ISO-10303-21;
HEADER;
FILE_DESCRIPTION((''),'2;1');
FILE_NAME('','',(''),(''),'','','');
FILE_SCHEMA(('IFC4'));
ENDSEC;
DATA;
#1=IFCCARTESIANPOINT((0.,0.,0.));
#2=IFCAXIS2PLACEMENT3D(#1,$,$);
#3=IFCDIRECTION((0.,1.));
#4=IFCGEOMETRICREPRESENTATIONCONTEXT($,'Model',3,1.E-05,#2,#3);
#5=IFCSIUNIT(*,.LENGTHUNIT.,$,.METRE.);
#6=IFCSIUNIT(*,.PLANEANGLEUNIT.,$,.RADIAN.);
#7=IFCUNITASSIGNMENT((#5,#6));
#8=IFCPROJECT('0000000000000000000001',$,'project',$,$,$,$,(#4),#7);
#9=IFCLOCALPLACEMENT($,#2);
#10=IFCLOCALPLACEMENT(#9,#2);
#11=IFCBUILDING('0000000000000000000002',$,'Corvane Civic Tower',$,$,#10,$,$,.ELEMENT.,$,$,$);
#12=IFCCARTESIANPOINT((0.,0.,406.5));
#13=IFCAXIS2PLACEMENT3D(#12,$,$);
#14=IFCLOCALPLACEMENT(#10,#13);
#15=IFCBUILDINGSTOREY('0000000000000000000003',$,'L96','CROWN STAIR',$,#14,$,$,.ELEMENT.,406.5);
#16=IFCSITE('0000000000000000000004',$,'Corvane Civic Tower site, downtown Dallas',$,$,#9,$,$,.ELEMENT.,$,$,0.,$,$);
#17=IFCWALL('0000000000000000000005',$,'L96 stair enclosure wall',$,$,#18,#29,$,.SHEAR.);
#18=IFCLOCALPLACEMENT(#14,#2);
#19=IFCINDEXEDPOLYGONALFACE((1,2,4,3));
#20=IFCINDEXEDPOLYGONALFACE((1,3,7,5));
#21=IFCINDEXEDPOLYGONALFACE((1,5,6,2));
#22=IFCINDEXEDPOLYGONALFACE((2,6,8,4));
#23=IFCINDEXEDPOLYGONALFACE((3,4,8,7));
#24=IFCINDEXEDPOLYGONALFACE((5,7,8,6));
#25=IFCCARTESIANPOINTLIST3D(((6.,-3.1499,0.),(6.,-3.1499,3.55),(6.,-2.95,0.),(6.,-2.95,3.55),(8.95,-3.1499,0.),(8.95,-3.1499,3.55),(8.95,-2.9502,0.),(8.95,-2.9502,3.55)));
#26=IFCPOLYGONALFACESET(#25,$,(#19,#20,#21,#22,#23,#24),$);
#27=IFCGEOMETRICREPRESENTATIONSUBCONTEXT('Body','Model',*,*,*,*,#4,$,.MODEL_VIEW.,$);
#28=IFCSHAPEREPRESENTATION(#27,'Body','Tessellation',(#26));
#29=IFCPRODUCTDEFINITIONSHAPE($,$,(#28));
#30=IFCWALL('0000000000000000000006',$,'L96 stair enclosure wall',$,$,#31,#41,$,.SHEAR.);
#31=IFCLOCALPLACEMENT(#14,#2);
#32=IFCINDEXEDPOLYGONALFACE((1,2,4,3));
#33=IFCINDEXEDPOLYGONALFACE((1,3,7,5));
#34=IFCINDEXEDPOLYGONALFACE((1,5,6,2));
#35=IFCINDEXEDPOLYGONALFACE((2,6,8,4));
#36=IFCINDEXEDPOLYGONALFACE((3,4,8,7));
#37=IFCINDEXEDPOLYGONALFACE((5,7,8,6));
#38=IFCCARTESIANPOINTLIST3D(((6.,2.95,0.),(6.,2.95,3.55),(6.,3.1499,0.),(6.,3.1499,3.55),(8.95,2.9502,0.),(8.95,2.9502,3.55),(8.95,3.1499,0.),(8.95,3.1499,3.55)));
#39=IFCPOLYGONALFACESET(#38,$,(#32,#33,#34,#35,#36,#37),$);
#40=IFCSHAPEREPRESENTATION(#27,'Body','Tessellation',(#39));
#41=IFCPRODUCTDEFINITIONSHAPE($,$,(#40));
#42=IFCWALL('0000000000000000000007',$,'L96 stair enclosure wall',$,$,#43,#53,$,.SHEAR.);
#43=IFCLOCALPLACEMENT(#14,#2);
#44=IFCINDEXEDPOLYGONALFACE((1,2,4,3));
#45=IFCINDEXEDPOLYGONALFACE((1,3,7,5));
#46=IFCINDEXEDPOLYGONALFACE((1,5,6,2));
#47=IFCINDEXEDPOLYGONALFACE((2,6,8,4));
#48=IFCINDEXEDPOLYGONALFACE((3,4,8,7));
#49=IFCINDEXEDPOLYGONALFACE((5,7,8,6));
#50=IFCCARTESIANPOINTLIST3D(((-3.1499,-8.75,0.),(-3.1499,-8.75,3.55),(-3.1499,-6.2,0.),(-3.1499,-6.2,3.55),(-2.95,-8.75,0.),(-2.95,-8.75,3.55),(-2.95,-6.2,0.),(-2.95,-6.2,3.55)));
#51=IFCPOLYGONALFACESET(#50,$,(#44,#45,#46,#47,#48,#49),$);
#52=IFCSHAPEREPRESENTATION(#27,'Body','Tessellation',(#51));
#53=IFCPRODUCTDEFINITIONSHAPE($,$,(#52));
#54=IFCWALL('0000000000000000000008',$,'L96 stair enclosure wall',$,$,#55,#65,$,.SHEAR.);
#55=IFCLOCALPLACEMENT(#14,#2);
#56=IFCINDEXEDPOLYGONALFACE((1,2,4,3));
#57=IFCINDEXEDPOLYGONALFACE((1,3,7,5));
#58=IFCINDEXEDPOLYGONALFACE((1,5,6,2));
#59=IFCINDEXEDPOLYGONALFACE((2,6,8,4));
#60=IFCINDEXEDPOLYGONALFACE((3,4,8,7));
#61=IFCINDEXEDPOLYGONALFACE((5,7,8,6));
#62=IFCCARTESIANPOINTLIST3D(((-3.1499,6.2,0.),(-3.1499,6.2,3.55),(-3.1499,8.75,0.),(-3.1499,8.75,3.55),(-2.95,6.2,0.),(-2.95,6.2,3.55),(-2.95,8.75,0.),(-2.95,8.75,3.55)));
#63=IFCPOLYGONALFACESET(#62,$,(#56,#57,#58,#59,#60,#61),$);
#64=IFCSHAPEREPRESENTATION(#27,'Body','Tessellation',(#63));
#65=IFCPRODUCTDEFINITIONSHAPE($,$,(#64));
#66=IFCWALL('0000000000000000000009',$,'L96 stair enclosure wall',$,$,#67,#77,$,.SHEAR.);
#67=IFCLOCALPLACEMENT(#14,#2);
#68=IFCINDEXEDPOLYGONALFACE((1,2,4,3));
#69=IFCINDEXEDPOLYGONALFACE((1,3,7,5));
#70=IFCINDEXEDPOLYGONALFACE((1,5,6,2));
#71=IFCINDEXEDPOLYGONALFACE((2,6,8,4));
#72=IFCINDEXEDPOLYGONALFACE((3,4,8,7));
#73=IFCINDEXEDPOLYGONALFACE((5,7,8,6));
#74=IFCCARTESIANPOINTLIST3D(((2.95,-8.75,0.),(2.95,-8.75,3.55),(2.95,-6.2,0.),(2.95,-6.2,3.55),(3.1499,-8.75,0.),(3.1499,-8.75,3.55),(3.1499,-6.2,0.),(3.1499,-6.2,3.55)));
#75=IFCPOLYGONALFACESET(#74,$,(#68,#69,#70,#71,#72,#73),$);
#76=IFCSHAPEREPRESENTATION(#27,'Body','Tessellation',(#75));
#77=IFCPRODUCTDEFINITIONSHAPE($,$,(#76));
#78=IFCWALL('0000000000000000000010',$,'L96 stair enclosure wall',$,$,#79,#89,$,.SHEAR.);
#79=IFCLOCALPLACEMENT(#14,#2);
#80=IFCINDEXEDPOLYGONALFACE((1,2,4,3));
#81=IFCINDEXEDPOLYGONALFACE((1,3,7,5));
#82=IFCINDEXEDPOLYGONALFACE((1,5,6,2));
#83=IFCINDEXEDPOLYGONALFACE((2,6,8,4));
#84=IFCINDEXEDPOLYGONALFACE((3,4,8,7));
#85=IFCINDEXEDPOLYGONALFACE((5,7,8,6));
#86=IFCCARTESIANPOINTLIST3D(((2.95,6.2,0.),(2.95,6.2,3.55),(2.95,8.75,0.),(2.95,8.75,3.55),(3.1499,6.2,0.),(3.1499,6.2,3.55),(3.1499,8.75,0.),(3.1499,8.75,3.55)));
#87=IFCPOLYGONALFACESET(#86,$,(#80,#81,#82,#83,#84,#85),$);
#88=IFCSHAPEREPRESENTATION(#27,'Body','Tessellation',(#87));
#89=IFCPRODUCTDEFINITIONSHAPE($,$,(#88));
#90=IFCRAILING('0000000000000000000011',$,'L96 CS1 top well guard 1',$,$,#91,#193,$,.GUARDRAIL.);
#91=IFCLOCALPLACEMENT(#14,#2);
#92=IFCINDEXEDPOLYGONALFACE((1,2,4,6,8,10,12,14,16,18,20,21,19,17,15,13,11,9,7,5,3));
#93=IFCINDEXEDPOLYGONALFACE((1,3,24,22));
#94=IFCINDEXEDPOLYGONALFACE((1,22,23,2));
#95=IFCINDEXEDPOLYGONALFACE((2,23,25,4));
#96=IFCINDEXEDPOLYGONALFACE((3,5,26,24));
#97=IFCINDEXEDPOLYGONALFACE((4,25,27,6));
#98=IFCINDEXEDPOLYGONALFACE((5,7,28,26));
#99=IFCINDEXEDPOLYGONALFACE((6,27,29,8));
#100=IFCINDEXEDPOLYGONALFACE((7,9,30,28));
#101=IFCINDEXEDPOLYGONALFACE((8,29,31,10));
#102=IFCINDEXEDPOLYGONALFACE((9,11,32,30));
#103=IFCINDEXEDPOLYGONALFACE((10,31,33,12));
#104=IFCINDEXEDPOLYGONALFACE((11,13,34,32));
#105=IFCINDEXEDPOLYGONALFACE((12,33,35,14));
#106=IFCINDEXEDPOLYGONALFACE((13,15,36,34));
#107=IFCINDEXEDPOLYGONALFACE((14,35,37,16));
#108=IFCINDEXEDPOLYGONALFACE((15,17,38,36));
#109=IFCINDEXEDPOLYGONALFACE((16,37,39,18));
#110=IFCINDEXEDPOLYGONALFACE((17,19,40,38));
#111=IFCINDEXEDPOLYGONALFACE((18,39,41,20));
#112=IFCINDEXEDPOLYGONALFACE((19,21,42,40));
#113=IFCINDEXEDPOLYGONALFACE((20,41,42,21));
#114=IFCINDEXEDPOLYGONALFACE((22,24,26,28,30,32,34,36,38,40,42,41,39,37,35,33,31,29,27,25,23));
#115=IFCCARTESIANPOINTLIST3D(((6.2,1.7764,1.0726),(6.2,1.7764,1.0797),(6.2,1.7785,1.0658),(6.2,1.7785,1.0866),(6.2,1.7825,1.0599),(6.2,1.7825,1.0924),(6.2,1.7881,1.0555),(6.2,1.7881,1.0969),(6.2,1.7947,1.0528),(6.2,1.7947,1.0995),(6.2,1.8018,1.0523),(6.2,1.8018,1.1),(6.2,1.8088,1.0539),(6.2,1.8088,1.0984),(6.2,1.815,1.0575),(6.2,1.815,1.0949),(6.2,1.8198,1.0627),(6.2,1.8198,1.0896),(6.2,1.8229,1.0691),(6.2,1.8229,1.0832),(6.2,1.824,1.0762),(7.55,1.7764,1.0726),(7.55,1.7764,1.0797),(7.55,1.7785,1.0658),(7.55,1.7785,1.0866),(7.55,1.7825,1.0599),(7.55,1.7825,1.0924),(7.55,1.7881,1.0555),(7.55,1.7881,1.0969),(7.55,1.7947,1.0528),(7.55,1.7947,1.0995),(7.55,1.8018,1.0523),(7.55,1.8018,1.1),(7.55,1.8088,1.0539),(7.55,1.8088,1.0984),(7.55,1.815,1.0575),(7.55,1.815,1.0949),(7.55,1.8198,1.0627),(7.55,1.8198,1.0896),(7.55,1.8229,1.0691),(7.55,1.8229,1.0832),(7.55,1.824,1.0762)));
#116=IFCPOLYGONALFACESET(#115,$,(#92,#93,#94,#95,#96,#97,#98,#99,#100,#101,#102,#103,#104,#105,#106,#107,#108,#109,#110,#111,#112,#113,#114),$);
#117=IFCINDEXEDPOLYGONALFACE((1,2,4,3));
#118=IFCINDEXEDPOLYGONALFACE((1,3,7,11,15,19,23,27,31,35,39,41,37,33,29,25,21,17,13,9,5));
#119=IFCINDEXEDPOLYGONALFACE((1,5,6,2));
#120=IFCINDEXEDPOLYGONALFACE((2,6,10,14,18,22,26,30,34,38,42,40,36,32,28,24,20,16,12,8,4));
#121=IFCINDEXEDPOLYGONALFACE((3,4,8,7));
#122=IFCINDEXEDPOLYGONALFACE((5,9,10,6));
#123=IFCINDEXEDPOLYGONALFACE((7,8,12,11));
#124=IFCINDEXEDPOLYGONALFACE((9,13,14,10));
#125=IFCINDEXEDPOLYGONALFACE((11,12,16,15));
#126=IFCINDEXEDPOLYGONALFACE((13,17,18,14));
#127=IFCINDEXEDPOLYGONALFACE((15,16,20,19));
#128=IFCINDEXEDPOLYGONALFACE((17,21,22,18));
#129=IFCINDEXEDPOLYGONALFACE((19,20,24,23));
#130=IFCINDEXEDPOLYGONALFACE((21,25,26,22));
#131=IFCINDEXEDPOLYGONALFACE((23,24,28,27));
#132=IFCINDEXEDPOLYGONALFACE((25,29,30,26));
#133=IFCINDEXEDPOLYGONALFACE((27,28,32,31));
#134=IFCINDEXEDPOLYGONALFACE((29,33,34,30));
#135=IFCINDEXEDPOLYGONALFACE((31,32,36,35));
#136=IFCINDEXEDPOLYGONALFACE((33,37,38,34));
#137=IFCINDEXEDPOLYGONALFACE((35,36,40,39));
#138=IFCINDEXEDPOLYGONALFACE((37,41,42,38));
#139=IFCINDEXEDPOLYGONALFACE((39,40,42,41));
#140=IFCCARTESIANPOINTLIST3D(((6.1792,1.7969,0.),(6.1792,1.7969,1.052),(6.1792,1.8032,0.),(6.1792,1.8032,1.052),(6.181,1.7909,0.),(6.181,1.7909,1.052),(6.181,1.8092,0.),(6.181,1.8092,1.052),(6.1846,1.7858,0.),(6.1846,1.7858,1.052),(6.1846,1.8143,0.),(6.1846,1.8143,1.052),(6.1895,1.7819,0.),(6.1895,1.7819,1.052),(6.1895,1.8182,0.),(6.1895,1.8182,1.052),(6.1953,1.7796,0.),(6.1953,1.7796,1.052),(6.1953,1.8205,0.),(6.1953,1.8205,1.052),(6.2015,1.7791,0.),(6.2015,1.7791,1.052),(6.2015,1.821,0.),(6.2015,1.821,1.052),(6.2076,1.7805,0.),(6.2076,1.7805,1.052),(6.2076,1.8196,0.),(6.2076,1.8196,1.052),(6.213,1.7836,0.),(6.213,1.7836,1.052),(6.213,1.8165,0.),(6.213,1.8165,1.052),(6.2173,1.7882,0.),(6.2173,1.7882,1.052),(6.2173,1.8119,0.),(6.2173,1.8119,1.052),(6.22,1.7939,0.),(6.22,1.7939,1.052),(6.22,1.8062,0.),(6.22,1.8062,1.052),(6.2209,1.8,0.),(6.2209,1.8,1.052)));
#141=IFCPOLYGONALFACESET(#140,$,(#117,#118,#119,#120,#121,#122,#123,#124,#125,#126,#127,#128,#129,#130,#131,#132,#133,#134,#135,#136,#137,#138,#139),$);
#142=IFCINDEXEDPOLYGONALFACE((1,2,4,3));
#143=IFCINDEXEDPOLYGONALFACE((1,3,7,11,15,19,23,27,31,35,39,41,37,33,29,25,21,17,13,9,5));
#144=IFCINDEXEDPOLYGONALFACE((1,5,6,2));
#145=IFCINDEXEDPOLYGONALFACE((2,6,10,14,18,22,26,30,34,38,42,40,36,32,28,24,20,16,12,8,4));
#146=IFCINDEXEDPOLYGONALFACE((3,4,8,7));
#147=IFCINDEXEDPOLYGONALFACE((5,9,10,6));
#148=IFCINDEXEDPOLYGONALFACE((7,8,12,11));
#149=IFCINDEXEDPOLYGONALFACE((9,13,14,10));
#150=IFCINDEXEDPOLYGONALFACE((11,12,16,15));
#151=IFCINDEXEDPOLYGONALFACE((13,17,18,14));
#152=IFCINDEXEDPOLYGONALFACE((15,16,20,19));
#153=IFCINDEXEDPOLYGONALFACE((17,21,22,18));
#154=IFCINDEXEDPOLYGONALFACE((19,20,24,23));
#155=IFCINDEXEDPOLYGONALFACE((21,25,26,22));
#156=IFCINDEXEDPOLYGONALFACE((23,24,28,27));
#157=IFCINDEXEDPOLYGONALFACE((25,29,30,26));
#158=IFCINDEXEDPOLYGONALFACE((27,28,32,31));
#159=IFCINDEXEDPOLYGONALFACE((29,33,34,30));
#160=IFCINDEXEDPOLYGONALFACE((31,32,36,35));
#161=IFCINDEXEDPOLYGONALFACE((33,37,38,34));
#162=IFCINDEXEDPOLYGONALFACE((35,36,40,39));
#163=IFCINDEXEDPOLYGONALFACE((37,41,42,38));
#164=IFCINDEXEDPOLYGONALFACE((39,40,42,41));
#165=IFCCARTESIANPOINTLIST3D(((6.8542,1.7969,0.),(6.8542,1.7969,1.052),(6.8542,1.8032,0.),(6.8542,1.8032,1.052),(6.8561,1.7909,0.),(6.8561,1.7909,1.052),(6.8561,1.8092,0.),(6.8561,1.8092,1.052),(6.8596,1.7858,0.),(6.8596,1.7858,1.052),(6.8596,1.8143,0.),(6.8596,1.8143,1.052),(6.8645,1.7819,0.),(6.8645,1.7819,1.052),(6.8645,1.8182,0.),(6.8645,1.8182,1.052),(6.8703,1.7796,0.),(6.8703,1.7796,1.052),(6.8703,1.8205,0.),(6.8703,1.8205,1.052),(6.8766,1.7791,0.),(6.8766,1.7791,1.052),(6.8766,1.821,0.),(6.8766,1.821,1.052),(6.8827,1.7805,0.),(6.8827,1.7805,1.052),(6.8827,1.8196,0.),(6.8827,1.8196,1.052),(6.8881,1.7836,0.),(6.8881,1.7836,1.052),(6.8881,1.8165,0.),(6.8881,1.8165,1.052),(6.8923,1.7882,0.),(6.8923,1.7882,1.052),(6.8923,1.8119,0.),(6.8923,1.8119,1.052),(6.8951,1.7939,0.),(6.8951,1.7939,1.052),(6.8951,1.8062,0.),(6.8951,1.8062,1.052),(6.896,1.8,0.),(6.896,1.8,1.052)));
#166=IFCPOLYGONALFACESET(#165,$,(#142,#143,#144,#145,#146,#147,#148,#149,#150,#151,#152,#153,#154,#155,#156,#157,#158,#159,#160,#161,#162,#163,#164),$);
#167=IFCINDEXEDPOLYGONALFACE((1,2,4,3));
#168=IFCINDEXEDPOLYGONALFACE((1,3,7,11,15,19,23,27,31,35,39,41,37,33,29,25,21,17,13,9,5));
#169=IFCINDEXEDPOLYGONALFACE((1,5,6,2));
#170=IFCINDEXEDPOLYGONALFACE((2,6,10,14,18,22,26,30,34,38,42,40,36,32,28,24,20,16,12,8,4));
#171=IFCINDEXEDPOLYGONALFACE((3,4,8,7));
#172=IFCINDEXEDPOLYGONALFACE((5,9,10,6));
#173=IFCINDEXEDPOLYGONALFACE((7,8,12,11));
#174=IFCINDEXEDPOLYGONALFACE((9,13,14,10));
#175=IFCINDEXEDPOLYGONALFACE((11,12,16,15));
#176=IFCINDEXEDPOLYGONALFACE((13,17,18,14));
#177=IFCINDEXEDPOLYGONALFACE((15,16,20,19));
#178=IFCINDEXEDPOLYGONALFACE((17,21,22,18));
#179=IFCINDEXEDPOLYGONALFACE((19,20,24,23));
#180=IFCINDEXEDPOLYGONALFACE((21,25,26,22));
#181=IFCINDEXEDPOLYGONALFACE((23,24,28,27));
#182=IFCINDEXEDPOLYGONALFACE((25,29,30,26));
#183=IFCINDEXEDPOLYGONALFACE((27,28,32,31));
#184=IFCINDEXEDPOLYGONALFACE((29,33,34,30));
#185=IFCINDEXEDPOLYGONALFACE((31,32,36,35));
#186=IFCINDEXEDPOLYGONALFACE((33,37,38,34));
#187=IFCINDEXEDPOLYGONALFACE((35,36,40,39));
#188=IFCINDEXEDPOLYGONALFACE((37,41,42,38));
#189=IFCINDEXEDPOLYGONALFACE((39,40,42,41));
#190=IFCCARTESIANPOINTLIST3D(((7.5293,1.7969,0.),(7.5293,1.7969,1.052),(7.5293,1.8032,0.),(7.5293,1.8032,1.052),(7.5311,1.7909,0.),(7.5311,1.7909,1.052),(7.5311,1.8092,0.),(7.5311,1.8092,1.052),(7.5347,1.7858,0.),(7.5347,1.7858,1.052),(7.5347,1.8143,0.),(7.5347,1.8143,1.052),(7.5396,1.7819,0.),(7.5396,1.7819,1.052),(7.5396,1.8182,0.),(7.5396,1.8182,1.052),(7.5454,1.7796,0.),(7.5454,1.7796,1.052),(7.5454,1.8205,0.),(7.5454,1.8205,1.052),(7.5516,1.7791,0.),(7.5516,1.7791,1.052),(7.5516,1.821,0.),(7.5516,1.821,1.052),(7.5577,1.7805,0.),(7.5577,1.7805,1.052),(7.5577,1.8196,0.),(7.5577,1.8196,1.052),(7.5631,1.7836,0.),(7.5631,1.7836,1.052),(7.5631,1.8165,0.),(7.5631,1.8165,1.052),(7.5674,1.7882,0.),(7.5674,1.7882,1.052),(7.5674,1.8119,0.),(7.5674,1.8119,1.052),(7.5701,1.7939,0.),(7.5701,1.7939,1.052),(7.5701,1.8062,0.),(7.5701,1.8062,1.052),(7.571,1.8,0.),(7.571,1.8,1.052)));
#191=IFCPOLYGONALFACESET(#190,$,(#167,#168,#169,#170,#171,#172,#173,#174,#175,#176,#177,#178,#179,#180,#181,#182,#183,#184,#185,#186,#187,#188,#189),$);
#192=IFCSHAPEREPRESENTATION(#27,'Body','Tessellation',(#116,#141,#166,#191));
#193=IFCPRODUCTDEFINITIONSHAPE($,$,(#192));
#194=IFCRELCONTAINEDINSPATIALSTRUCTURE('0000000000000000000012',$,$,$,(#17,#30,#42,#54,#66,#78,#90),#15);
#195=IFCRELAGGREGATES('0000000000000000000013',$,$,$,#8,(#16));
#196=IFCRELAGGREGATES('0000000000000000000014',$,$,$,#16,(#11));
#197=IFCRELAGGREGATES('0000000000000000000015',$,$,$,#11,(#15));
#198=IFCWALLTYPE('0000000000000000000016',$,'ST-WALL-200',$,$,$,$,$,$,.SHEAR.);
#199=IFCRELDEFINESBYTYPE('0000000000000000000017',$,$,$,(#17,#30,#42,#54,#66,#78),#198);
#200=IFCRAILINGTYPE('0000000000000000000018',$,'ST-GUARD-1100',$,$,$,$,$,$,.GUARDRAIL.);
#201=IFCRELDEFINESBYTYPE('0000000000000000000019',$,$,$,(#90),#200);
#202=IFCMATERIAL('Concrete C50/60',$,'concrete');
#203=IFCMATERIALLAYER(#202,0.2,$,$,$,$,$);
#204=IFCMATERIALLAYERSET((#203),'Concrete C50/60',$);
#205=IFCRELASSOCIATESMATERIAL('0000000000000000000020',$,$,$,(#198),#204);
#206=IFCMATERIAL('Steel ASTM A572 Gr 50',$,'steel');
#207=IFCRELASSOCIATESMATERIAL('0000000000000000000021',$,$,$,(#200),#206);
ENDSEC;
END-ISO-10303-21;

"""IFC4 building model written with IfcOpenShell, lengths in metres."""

from ifc_helpers import new_model, si_unit, direction, frame, origin, origin_2d, place, context, subcontext, project, spatial, polyline, circle, outline, extrude, material, layer, layer_set, type_object, element, save


model = new_model("IFC4")

# Units and contexts
model_context = context("Model", 3, precision=1e-05, world=origin(), true_north=direction((0.0, 1.0)))
body_context = subcontext(model_context, "Body", "Model", "MODEL_VIEW")
ifc_project = project(units=[si_unit("LENGTHUNIT", "METRE"), si_unit("PLANEANGLEUNIT", "RADIAN")], contexts=[model_context])

# Site, building, storey
site_placement = place(None, origin())
site = spatial("IfcSite", under=ifc_project, at=site_placement, Name="Corvane Civic Tower site, downtown Dallas", CompositionType="ELEMENT", RefElevation=0.0)
building_placement = place(site_placement, origin())
building = spatial("IfcBuilding", under=site, at=building_placement, Name="Corvane Civic Tower", CompositionType="ELEMENT")
storey_placement = place(building_placement, frame((0.0, 0.0, 406.5)))
storey = spatial("IfcBuildingStorey", under=building, at=storey_placement, Name="L96", Description="CROWN STAIR", CompositionType="ELEMENT", Elevation=406.5)

# Walls
ifc_material_1 = material(Name="Concrete C50/60", Category="concrete")
ifc_layer_1 = layer(ifc_material_1, 0.2)
ifc_layer_set_1 = layer_set([ifc_layer_1], Name="Concrete C50/60")
wall_type = type_object("IfcWallType", Name="ST-WALL-200", PredefinedType="SHEAR", material=ifc_layer_set_1)
wall_1_placement = place(storey_placement, origin())
element("IfcWall", 1, at=wall_1_placement, inside=storey, type_object=wall_type, Name="L96 stair enclosure wall", PredefinedType="SHEAR", context=body_context, shape_type="SweptSolid", body=[
    extrude(outline(polyline([(8.95, -3.1499), (6.0, -3.1499), (6.0, -2.95), (8.95, -2.9502), (8.95, -3.1499)])), origin(), (0.0, 0.0, 1.0), 3.55),
])
wall_2_placement = place(storey_placement, origin())
element("IfcWall", 2, at=wall_2_placement, inside=storey, type_object=wall_type, Name="L96 stair enclosure wall", PredefinedType="SHEAR", context=body_context, shape_type="SweptSolid", body=[
    extrude(outline(polyline([(8.95, 2.9502), (6.0, 2.95), (6.0, 3.1499), (8.95, 3.1499), (8.95, 2.9502)])), origin(), (0.0, 0.0, 1.0), 3.55),
])
wall_3_placement = place(storey_placement, origin())
element("IfcWall", 3, at=wall_3_placement, inside=storey, type_object=wall_type, Name="L96 stair enclosure wall", PredefinedType="SHEAR", context=body_context, shape_type="SweptSolid", body=[
    extrude(outline(polyline([(-2.95, -6.2), (-2.95, -8.75), (-3.1499, -8.75), (-3.1499, -6.2), (-2.95, -6.2)])), origin(), (0.0, 0.0, 1.0), 3.55),
])
wall_4_placement = place(storey_placement, origin())
element("IfcWall", 4, at=wall_4_placement, inside=storey, type_object=wall_type, Name="L96 stair enclosure wall", PredefinedType="SHEAR", context=body_context, shape_type="SweptSolid", body=[
    extrude(outline(polyline([(-2.95, 6.2), (-3.1499, 6.2), (-3.1499, 8.75), (-2.95, 8.75), (-2.95, 6.2)])), origin(), (0.0, 0.0, 1.0), 3.55),
])
wall_5_placement = place(storey_placement, origin())
element("IfcWall", 5, at=wall_5_placement, inside=storey, type_object=wall_type, Name="L96 stair enclosure wall", PredefinedType="SHEAR", context=body_context, shape_type="SweptSolid", body=[
    extrude(outline(polyline([(3.1499, -6.2), (3.1499, -8.75), (2.95, -8.75), (2.95, -6.2), (3.1499, -6.2)])), origin(), (0.0, 0.0, 1.0), 3.55),
])
wall_6_placement = place(storey_placement, origin())
element("IfcWall", 6, at=wall_6_placement, inside=storey, type_object=wall_type, Name="L96 stair enclosure wall", PredefinedType="SHEAR", context=body_context, shape_type="SweptSolid", body=[
    extrude(outline(polyline([(3.1499, 6.2), (2.95, 6.2), (2.95, 8.75), (3.1499, 8.75), (3.1499, 6.2)])), origin(), (0.0, 0.0, 1.0), 3.55),
])

# Railing
ifc_material_2 = material(Name="Steel ASTM A572 Gr 50", Category="steel")
railing_type = type_object("IfcRailingType", Name="ST-GUARD-1100", PredefinedType="GUARDRAIL", material=ifc_material_2)
railing_placement = place(storey_placement, frame((6.2, 1.8, 0.0)))
element("IfcRailing", 7, at=railing_placement, inside=storey, type_object=railing_type, Name="L96 CS1 top well guard 1", PredefinedType="GUARDRAIL", context=body_context, shape_type="SweptSolid", body=[
    extrude(circle(Radius=0.0239, at=origin_2d()), frame((0.0, 0.0, 1.0762), z_axis=(1.0, 0.0, 0.0), x_axis=(0.0, 1.0, 0.0)), (0.0, 0.0, 1.0), 1.3501),
    extrude(circle(Radius=0.021, at=origin_2d()), origin(), (0.0, 0.0, 1.0), 1.052),
    extrude(circle(Radius=0.021, at=origin_2d()), frame((0.675, 0.0, 0.0)), (0.0, 0.0, 1.0), 1.052),
    extrude(circle(Radius=0.021, at=origin_2d()), frame((1.3501, 0.0, 0.0)), (0.0, 0.0, 1.0), 1.052),
])

save(model, "model.ifc")
